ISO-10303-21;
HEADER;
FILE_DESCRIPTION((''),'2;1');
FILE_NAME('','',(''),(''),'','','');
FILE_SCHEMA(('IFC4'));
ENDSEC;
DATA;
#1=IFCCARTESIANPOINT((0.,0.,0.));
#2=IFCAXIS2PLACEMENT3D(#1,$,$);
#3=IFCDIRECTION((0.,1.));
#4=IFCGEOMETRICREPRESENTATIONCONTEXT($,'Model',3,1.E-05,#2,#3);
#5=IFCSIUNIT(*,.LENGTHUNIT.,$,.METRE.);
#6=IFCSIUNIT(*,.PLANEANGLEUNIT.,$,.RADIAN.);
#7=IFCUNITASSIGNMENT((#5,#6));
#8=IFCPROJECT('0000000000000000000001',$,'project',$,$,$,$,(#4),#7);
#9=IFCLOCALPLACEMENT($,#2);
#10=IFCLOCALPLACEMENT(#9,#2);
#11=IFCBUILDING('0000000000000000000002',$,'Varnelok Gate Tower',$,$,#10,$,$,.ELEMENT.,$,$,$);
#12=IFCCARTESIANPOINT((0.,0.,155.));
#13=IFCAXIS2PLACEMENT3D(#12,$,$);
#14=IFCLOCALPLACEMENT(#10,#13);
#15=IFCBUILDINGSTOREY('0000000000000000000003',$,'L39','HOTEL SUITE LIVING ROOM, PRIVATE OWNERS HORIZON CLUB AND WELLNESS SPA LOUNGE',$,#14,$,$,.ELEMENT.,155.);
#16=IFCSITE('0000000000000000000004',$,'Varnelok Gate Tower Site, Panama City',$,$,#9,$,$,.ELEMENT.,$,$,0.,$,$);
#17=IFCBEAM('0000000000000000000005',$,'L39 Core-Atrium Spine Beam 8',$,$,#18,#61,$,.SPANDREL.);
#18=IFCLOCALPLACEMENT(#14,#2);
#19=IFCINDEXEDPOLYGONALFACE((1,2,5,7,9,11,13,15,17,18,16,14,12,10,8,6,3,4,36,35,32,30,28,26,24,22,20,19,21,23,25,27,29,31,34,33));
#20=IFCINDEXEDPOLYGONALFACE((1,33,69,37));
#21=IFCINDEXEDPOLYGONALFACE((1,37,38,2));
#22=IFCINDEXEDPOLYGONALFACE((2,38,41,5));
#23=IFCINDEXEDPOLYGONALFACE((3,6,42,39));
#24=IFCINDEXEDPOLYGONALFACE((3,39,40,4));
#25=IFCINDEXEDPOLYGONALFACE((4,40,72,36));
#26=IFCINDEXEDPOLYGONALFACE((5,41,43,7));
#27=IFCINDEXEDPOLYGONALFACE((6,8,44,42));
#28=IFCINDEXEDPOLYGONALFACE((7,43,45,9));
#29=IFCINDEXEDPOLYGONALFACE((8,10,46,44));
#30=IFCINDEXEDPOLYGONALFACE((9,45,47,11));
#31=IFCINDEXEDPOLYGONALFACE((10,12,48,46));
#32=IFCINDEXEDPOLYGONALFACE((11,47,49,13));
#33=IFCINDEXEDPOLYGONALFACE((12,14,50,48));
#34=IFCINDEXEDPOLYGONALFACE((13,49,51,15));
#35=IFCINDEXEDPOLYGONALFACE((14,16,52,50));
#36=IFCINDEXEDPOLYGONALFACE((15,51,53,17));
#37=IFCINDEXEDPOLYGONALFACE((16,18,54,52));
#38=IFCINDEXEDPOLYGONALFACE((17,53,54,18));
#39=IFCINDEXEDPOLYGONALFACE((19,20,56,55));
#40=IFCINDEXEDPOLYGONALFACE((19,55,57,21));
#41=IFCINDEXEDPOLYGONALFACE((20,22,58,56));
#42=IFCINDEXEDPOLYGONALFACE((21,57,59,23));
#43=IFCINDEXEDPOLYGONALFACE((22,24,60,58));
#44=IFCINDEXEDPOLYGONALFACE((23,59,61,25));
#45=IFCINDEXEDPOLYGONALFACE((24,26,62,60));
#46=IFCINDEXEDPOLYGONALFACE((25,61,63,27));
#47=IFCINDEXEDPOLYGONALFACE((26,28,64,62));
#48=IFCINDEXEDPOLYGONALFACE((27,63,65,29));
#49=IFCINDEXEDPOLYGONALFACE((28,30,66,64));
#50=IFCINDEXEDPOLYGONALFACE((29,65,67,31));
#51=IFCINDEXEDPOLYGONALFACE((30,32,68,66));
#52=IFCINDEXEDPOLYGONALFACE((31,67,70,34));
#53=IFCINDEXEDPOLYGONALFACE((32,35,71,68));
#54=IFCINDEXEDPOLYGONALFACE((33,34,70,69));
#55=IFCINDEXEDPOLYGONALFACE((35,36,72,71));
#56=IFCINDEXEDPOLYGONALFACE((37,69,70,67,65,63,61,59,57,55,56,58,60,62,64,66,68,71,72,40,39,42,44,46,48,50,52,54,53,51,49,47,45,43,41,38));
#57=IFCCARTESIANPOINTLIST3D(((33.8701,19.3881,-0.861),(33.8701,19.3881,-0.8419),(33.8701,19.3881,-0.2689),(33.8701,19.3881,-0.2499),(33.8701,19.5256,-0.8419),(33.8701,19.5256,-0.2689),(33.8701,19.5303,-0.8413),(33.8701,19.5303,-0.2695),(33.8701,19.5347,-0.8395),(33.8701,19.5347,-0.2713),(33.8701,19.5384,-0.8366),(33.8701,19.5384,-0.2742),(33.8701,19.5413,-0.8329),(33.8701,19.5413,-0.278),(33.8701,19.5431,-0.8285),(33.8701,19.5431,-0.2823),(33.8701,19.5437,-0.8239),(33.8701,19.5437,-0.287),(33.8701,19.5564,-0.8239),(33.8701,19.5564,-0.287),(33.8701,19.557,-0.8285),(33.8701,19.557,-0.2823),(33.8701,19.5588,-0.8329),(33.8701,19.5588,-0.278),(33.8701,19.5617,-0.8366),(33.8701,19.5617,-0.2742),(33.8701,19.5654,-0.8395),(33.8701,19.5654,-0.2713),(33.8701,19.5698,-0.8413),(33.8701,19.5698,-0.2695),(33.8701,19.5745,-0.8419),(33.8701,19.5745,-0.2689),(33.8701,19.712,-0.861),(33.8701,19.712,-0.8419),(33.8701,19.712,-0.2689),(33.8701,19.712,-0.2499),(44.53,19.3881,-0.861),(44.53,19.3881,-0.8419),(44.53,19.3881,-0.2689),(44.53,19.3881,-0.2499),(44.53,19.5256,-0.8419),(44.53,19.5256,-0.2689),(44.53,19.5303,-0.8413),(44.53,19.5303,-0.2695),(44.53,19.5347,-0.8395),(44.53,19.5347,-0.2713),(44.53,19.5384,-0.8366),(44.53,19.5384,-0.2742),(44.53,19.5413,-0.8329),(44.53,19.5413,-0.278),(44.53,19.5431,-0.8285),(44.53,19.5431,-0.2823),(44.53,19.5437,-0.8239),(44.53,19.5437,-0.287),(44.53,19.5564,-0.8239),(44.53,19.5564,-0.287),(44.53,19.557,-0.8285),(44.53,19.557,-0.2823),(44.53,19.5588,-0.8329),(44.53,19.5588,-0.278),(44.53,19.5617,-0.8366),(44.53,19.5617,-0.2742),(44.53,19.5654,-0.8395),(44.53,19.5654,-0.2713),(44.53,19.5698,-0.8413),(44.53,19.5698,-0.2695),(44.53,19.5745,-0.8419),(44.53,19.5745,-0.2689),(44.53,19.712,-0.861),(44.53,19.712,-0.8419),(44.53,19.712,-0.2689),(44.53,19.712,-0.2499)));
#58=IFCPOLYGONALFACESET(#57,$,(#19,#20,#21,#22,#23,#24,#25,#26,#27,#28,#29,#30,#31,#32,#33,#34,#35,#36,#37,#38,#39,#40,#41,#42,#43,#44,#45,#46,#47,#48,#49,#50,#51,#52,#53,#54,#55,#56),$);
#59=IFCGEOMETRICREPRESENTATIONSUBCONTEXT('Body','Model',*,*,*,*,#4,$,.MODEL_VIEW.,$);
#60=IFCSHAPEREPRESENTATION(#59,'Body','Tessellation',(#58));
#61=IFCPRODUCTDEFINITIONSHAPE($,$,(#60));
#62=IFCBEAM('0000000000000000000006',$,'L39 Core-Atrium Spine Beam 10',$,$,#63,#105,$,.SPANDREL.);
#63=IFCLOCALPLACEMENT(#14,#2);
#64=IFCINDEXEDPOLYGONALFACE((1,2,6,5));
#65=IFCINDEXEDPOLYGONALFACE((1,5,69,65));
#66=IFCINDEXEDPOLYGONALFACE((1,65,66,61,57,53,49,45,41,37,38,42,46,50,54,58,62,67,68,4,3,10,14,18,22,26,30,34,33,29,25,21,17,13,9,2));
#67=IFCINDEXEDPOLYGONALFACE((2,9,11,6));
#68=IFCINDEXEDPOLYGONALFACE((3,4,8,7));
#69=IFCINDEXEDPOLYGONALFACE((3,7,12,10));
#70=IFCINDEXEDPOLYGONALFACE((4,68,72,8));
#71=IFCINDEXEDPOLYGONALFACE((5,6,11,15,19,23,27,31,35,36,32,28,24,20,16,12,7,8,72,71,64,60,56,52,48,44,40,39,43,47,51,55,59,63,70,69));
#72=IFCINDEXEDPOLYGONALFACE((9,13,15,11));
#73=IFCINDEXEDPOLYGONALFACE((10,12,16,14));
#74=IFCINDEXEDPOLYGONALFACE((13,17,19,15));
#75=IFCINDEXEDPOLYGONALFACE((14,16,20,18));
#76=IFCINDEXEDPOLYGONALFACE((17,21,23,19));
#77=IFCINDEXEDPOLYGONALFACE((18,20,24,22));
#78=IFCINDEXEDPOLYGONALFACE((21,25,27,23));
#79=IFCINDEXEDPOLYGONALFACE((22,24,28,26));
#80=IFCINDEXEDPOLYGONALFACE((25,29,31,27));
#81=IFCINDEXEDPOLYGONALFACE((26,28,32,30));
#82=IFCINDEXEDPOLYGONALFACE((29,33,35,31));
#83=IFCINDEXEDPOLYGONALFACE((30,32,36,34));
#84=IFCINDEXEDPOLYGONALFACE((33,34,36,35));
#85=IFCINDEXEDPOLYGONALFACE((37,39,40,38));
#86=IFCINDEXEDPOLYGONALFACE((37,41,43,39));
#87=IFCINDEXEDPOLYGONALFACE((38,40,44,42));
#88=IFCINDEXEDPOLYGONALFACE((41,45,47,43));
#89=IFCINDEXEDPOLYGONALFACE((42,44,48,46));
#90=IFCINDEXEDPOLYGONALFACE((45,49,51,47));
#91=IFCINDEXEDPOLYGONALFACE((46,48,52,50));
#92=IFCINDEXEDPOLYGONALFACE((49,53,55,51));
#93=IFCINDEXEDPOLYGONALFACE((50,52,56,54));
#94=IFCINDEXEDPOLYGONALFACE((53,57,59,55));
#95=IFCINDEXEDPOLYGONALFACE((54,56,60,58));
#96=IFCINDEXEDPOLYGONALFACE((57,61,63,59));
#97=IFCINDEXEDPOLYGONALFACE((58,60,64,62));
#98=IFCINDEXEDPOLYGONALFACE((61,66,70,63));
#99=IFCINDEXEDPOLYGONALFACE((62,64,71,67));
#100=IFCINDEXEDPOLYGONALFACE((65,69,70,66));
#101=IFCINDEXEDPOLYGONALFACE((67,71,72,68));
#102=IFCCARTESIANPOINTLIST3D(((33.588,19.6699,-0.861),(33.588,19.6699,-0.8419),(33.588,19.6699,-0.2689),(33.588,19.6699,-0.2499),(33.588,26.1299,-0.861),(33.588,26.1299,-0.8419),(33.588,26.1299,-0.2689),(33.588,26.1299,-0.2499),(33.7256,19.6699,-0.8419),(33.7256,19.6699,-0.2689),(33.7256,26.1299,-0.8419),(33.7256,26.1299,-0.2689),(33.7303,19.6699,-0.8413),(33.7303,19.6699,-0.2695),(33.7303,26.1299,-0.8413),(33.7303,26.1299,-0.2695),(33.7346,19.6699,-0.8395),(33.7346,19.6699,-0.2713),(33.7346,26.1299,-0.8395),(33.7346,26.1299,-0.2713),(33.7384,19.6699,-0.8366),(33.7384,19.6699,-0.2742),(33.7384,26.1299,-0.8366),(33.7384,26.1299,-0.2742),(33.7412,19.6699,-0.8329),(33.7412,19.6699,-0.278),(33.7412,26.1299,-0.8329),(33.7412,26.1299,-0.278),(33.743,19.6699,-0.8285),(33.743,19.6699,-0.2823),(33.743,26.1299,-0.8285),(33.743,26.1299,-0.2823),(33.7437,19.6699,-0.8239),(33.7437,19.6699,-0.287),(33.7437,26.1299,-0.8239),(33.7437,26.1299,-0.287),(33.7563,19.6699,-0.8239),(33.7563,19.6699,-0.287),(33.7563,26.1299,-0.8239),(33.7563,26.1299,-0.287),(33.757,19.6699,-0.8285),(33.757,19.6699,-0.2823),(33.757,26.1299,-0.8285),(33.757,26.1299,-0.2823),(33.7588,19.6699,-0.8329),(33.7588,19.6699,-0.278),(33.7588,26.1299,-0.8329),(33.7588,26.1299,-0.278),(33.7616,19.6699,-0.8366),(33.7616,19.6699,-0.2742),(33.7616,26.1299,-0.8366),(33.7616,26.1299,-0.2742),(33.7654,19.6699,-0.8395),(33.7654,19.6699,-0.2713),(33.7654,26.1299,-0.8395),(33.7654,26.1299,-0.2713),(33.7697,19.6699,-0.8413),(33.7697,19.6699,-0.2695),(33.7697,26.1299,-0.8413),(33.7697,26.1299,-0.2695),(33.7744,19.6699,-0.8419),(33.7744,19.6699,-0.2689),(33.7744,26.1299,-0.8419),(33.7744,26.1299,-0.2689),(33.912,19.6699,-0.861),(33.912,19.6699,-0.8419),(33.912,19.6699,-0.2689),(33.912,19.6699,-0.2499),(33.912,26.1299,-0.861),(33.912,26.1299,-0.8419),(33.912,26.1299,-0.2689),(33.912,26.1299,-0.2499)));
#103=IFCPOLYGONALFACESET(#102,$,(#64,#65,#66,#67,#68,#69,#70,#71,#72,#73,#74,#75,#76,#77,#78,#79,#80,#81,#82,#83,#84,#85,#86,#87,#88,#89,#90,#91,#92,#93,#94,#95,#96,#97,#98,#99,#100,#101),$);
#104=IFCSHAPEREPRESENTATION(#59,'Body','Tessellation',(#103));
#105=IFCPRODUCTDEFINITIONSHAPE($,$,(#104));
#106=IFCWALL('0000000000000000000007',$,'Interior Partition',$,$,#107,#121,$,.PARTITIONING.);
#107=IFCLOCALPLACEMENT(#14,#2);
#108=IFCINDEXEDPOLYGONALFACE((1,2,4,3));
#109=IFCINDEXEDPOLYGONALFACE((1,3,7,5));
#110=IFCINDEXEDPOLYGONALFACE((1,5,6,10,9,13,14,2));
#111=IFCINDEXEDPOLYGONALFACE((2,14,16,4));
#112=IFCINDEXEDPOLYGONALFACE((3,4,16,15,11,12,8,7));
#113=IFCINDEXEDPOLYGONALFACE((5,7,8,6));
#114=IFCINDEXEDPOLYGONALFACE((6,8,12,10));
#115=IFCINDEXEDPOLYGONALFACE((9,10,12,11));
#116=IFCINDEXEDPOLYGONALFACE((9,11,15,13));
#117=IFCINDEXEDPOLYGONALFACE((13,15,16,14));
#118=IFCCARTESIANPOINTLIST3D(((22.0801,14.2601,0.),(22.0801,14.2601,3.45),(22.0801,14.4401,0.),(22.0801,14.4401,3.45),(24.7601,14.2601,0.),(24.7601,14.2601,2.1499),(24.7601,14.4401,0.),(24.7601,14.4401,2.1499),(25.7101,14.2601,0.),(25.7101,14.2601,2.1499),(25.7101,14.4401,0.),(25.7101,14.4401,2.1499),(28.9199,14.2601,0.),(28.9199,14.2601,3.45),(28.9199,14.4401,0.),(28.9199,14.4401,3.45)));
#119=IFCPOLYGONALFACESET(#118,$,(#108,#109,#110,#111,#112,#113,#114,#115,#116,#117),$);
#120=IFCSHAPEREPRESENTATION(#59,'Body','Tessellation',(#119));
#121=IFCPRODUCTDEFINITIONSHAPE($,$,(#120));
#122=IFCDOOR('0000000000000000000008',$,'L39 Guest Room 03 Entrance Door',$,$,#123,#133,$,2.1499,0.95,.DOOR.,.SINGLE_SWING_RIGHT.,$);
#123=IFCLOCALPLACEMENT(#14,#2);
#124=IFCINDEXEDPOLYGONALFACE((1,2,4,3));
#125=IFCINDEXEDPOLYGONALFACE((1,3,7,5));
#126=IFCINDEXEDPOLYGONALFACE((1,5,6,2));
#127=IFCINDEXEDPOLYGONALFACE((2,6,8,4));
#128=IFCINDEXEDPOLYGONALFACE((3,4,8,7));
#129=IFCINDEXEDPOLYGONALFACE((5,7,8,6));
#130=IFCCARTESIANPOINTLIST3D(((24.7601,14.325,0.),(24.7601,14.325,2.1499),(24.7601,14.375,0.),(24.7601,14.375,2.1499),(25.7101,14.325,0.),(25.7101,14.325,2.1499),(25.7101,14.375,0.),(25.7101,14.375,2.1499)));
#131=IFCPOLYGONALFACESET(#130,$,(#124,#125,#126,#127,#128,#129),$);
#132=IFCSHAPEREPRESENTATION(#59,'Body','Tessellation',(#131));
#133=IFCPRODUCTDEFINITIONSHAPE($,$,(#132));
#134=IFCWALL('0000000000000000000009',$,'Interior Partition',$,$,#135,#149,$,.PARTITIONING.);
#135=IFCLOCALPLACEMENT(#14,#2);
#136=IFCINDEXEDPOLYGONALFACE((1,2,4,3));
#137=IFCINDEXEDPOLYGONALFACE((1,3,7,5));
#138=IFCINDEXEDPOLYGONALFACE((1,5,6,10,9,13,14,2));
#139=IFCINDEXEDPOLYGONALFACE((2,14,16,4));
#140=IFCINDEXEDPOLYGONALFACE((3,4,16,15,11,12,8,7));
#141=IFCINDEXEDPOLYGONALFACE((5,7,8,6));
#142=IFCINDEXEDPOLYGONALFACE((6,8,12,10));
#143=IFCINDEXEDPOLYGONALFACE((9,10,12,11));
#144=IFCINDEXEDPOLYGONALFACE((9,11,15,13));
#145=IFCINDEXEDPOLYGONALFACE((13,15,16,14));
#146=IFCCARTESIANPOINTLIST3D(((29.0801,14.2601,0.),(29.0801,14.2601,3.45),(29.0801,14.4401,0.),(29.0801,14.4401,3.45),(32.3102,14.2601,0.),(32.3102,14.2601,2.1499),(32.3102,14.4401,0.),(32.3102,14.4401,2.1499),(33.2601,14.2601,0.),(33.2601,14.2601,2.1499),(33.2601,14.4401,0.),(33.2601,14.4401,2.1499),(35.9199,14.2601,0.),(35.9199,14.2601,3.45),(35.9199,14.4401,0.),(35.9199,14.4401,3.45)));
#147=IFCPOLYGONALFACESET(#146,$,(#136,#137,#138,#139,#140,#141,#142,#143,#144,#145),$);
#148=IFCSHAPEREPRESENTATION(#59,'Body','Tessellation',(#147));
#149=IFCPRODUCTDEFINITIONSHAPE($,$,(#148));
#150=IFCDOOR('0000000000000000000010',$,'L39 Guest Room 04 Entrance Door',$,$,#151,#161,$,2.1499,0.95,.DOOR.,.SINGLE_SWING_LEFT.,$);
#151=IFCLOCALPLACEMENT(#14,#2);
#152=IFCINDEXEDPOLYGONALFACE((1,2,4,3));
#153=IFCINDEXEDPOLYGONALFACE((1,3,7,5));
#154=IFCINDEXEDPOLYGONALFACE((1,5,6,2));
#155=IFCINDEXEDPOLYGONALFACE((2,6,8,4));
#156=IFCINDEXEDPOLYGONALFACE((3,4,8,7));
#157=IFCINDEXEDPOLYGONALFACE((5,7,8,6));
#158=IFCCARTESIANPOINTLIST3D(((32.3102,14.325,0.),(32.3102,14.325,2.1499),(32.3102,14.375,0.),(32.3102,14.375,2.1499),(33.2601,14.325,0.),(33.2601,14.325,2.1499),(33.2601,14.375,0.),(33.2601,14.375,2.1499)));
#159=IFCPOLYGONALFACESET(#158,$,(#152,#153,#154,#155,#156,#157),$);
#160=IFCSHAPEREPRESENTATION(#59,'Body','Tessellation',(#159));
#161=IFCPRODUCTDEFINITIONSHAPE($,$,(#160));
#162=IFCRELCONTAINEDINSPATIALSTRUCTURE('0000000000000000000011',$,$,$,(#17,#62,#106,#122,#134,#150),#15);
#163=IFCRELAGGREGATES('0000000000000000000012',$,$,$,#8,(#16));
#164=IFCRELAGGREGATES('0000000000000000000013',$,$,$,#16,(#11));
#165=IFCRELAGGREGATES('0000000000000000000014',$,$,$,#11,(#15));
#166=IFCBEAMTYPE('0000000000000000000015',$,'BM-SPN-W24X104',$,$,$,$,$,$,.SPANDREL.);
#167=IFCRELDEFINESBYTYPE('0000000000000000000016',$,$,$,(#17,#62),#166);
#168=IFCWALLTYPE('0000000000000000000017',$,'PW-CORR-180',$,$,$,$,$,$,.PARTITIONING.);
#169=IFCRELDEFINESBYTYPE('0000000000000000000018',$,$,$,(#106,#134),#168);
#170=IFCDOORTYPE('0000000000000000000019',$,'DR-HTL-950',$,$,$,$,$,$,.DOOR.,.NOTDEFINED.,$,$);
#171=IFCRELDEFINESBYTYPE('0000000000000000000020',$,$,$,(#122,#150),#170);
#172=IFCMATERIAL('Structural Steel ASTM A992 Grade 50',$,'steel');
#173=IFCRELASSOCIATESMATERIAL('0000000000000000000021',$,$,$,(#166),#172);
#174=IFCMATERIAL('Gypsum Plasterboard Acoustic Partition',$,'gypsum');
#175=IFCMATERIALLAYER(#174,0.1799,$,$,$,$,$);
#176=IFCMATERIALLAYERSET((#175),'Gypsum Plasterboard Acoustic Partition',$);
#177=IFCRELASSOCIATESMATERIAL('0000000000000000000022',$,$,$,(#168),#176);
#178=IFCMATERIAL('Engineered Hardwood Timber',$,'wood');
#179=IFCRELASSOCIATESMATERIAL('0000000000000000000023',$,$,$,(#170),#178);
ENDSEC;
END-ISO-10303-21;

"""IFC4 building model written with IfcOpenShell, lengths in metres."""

from ifc_helpers import new_model, si_unit, direction, frame, frame_2d, origin, origin_2d, place, context, subcontext, project, spatial, rectangle, i_section, extrude, material, layer, layer_set, material_profile, profile_set, type_object, element, fill, save


model = new_model("IFC4")

# Units and contexts
model_context = context("Model", 3, precision=1e-05, world=origin(), true_north=direction((0.0, 1.0)))
body_context = subcontext(model_context, "Body", "Model", "MODEL_VIEW")
ifc_project = project(units=[si_unit("LENGTHUNIT", "METRE"), si_unit("PLANEANGLEUNIT", "RADIAN")], contexts=[model_context])

# Site, building, storey
site_placement = place(None, origin())
site = spatial("IfcSite", under=ifc_project, at=site_placement, Name="Varnelok Gate Tower Site, Panama City", CompositionType="ELEMENT", RefElevation=0.0)
building_placement = place(site_placement, origin())
building = spatial("IfcBuilding", under=site, at=building_placement, Name="Varnelok Gate Tower", CompositionType="ELEMENT")
storey_placement = place(building_placement, frame((0.0, 0.0, 155.0)))
storey = spatial("IfcBuildingStorey", under=building, at=storey_placement, Name="L39", Description="HOTEL SUITE LIVING ROOM, PRIVATE OWNERS HORIZON CLUB AND WELLNESS SPA LOUNGE", CompositionType="ELEMENT", Elevation=155.0)

# Shared definitions
ifc_material_1 = material(Name="Structural Steel ASTM A992 Grade 50", Category="steel")

# Beams
ifc_material_profile_1 = material_profile(ifc_material_1, i_section(OverallWidth=0.324, OverallDepth=0.6111, WebThickness=0.0127, FlangeThickness=0.019, FilletRadius=0.0181, at=origin_2d()), Name="W24X104")
ifc_profile_set_1 = profile_set([ifc_material_profile_1], Name="Structural Steel ASTM A992 Grade 50")
beam_type_1 = type_object("IfcBeamType", Name="BM-SPN-W24X104", PredefinedType="SPANDREL", material=ifc_profile_set_1)
beam_1_placement = place(storey_placement, frame((33.8701, 19.55, -0.5554), z_axis=(1.0, 0.0, 0.0), x_axis=(0.0, 1.0, 0.0)))
element("IfcBeam", 1, at=beam_1_placement, inside=storey, type_object=beam_type_1, Name="L39 Core-Atrium Spine Beam 8", PredefinedType="SPANDREL", context=body_context, shape_type="SweptSolid", body=[
    extrude(i_section(OverallWidth=0.324, OverallDepth=0.6111, WebThickness=0.0127, FlangeThickness=0.019, FilletRadius=0.0181, at=origin_2d()), origin(), (0.0, 0.0, 1.0), 10.6599),
])
beam_2_placement = place(storey_placement, frame((33.75, 19.6699, -0.5554), z_axis=(0.0, 1.0, 0.0), x_axis=(-1.0, 0.0, 0.0)))
element("IfcBeam", 2, at=beam_2_placement, inside=storey, type_object=beam_type_1, Name="L39 Core-Atrium Spine Beam 10", PredefinedType="SPANDREL", context=body_context, shape_type="SweptSolid", body=[
    extrude(i_section(OverallWidth=0.324, OverallDepth=0.6111, WebThickness=0.0127, FlangeThickness=0.019, FilletRadius=0.0181, at=origin_2d()), origin(), (0.0, 0.0, 1.0), 6.46),
])

# Walls, openings, doors
ifc_material_2 = material(Name="Gypsum Plasterboard Acoustic Partition", Category="gypsum")
ifc_layer_1 = layer(ifc_material_2, 0.1799)
ifc_layer_set_1 = layer_set([ifc_layer_1], Name="Gypsum Plasterboard Acoustic Partition")
wall_type_1 = type_object("IfcWallType", Name="PW-CORR-180", PredefinedType="PARTITIONING", material=ifc_layer_set_1)
wall_1_placement = place(storey_placement, frame((22.0801, 14.3501, 0.0), z_axis=(0.0, 0.0, 1.0), x_axis=(1.0, 0.0, 0.0)))
wall_1 = element("IfcWall", 3, at=wall_1_placement, inside=storey, type_object=wall_type_1, Name="Interior Partition", PredefinedType="PARTITIONING", context=body_context, shape_type="SweptSolid", body=[
    extrude(rectangle(XDim=6.8398, YDim=0.1799, at=frame_2d((3.4199, 0.0))), origin(), (0.0, 0.0, 1.0), 3.45),
])
opening_1_placement = place(wall_1_placement, frame((2.6799, 0.0, 0.0)))
opening_1 = element("IfcOpeningElement", 4, at=opening_1_placement, cuts=wall_1, PredefinedType="OPENING", context=body_context, shape_type="SweptSolid", body=[
    extrude(rectangle(XDim=0.95, YDim=2.1499, at=frame_2d((0.4751, 1.075))), frame((0.0, 0.0999, 0.0), z_axis=(0.0, -1.0, 0.0), x_axis=(1.0, 0.0, 0.0)), (0.0, 0.0, 1.0), 0.2),
])
ifc_material_3 = material(Name="Engineered Hardwood Timber", Category="wood")
door_type_1 = type_object("IfcDoorType", Name="DR-HTL-950", OperationType="NOTDEFINED", PredefinedType="DOOR", material=ifc_material_3)
door_1_placement = place(opening_1_placement, origin())
door_1 = element("IfcDoor", 5, at=door_1_placement, inside=storey, type_object=door_type_1, Name="L39 Guest Room 03 Entrance Door", OperationType="SINGLE_SWING_RIGHT", OverallHeight=2.1499, OverallWidth=0.95, PredefinedType="DOOR", context=body_context, shape_type="SweptSolid", body=[
    extrude(rectangle(XDim=0.95, YDim=2.1499, at=frame_2d((0.4751, 1.075))), frame((0.0, 0.0249, 0.0), z_axis=(0.0, -1.0, 0.0), x_axis=(1.0, 0.0, 0.0)), (0.0, 0.0, 1.0), 0.05),
])
fill(opening_1, door_1)
wall_2_placement = place(storey_placement, frame((29.0801, 14.3501, 0.0), z_axis=(0.0, 0.0, 1.0), x_axis=(1.0, 0.0, 0.0)))
wall_2 = element("IfcWall", 6, at=wall_2_placement, inside=storey, type_object=wall_type_1, Name="Interior Partition", PredefinedType="PARTITIONING", context=body_context, shape_type="SweptSolid", body=[
    extrude(rectangle(XDim=6.8398, YDim=0.1799, at=frame_2d((3.4199, 0.0))), origin(), (0.0, 0.0, 1.0), 3.45),
])
opening_2_placement = place(wall_2_placement, frame((3.23, 0.0, 0.0)))
opening_2 = element("IfcOpeningElement", 7, at=opening_2_placement, cuts=wall_2, PredefinedType="OPENING", context=body_context, shape_type="SweptSolid", body=[
    extrude(rectangle(XDim=0.95, YDim=2.1499, at=frame_2d((0.4751, 1.075))), frame((0.0, 0.0999, 0.0), z_axis=(0.0, -1.0, 0.0), x_axis=(1.0, 0.0, 0.0)), (0.0, 0.0, 1.0), 0.2),
])
door_2_placement = place(opening_2_placement, origin())
door_2 = element("IfcDoor", 8, at=door_2_placement, inside=storey, type_object=door_type_1, Name="L39 Guest Room 04 Entrance Door", OperationType="SINGLE_SWING_LEFT", OverallHeight=2.1499, OverallWidth=0.95, PredefinedType="DOOR", context=body_context, shape_type="SweptSolid", body=[
    extrude(rectangle(XDim=0.95, YDim=2.1499, at=frame_2d((0.4751, 1.075))), frame((0.0, 0.0249, 0.0), z_axis=(0.0, -1.0, 0.0), x_axis=(1.0, 0.0, 0.0)), (0.0, 0.0, 1.0), 0.05),
])
fill(opening_2, door_2)

save(model, "model.ifc")
